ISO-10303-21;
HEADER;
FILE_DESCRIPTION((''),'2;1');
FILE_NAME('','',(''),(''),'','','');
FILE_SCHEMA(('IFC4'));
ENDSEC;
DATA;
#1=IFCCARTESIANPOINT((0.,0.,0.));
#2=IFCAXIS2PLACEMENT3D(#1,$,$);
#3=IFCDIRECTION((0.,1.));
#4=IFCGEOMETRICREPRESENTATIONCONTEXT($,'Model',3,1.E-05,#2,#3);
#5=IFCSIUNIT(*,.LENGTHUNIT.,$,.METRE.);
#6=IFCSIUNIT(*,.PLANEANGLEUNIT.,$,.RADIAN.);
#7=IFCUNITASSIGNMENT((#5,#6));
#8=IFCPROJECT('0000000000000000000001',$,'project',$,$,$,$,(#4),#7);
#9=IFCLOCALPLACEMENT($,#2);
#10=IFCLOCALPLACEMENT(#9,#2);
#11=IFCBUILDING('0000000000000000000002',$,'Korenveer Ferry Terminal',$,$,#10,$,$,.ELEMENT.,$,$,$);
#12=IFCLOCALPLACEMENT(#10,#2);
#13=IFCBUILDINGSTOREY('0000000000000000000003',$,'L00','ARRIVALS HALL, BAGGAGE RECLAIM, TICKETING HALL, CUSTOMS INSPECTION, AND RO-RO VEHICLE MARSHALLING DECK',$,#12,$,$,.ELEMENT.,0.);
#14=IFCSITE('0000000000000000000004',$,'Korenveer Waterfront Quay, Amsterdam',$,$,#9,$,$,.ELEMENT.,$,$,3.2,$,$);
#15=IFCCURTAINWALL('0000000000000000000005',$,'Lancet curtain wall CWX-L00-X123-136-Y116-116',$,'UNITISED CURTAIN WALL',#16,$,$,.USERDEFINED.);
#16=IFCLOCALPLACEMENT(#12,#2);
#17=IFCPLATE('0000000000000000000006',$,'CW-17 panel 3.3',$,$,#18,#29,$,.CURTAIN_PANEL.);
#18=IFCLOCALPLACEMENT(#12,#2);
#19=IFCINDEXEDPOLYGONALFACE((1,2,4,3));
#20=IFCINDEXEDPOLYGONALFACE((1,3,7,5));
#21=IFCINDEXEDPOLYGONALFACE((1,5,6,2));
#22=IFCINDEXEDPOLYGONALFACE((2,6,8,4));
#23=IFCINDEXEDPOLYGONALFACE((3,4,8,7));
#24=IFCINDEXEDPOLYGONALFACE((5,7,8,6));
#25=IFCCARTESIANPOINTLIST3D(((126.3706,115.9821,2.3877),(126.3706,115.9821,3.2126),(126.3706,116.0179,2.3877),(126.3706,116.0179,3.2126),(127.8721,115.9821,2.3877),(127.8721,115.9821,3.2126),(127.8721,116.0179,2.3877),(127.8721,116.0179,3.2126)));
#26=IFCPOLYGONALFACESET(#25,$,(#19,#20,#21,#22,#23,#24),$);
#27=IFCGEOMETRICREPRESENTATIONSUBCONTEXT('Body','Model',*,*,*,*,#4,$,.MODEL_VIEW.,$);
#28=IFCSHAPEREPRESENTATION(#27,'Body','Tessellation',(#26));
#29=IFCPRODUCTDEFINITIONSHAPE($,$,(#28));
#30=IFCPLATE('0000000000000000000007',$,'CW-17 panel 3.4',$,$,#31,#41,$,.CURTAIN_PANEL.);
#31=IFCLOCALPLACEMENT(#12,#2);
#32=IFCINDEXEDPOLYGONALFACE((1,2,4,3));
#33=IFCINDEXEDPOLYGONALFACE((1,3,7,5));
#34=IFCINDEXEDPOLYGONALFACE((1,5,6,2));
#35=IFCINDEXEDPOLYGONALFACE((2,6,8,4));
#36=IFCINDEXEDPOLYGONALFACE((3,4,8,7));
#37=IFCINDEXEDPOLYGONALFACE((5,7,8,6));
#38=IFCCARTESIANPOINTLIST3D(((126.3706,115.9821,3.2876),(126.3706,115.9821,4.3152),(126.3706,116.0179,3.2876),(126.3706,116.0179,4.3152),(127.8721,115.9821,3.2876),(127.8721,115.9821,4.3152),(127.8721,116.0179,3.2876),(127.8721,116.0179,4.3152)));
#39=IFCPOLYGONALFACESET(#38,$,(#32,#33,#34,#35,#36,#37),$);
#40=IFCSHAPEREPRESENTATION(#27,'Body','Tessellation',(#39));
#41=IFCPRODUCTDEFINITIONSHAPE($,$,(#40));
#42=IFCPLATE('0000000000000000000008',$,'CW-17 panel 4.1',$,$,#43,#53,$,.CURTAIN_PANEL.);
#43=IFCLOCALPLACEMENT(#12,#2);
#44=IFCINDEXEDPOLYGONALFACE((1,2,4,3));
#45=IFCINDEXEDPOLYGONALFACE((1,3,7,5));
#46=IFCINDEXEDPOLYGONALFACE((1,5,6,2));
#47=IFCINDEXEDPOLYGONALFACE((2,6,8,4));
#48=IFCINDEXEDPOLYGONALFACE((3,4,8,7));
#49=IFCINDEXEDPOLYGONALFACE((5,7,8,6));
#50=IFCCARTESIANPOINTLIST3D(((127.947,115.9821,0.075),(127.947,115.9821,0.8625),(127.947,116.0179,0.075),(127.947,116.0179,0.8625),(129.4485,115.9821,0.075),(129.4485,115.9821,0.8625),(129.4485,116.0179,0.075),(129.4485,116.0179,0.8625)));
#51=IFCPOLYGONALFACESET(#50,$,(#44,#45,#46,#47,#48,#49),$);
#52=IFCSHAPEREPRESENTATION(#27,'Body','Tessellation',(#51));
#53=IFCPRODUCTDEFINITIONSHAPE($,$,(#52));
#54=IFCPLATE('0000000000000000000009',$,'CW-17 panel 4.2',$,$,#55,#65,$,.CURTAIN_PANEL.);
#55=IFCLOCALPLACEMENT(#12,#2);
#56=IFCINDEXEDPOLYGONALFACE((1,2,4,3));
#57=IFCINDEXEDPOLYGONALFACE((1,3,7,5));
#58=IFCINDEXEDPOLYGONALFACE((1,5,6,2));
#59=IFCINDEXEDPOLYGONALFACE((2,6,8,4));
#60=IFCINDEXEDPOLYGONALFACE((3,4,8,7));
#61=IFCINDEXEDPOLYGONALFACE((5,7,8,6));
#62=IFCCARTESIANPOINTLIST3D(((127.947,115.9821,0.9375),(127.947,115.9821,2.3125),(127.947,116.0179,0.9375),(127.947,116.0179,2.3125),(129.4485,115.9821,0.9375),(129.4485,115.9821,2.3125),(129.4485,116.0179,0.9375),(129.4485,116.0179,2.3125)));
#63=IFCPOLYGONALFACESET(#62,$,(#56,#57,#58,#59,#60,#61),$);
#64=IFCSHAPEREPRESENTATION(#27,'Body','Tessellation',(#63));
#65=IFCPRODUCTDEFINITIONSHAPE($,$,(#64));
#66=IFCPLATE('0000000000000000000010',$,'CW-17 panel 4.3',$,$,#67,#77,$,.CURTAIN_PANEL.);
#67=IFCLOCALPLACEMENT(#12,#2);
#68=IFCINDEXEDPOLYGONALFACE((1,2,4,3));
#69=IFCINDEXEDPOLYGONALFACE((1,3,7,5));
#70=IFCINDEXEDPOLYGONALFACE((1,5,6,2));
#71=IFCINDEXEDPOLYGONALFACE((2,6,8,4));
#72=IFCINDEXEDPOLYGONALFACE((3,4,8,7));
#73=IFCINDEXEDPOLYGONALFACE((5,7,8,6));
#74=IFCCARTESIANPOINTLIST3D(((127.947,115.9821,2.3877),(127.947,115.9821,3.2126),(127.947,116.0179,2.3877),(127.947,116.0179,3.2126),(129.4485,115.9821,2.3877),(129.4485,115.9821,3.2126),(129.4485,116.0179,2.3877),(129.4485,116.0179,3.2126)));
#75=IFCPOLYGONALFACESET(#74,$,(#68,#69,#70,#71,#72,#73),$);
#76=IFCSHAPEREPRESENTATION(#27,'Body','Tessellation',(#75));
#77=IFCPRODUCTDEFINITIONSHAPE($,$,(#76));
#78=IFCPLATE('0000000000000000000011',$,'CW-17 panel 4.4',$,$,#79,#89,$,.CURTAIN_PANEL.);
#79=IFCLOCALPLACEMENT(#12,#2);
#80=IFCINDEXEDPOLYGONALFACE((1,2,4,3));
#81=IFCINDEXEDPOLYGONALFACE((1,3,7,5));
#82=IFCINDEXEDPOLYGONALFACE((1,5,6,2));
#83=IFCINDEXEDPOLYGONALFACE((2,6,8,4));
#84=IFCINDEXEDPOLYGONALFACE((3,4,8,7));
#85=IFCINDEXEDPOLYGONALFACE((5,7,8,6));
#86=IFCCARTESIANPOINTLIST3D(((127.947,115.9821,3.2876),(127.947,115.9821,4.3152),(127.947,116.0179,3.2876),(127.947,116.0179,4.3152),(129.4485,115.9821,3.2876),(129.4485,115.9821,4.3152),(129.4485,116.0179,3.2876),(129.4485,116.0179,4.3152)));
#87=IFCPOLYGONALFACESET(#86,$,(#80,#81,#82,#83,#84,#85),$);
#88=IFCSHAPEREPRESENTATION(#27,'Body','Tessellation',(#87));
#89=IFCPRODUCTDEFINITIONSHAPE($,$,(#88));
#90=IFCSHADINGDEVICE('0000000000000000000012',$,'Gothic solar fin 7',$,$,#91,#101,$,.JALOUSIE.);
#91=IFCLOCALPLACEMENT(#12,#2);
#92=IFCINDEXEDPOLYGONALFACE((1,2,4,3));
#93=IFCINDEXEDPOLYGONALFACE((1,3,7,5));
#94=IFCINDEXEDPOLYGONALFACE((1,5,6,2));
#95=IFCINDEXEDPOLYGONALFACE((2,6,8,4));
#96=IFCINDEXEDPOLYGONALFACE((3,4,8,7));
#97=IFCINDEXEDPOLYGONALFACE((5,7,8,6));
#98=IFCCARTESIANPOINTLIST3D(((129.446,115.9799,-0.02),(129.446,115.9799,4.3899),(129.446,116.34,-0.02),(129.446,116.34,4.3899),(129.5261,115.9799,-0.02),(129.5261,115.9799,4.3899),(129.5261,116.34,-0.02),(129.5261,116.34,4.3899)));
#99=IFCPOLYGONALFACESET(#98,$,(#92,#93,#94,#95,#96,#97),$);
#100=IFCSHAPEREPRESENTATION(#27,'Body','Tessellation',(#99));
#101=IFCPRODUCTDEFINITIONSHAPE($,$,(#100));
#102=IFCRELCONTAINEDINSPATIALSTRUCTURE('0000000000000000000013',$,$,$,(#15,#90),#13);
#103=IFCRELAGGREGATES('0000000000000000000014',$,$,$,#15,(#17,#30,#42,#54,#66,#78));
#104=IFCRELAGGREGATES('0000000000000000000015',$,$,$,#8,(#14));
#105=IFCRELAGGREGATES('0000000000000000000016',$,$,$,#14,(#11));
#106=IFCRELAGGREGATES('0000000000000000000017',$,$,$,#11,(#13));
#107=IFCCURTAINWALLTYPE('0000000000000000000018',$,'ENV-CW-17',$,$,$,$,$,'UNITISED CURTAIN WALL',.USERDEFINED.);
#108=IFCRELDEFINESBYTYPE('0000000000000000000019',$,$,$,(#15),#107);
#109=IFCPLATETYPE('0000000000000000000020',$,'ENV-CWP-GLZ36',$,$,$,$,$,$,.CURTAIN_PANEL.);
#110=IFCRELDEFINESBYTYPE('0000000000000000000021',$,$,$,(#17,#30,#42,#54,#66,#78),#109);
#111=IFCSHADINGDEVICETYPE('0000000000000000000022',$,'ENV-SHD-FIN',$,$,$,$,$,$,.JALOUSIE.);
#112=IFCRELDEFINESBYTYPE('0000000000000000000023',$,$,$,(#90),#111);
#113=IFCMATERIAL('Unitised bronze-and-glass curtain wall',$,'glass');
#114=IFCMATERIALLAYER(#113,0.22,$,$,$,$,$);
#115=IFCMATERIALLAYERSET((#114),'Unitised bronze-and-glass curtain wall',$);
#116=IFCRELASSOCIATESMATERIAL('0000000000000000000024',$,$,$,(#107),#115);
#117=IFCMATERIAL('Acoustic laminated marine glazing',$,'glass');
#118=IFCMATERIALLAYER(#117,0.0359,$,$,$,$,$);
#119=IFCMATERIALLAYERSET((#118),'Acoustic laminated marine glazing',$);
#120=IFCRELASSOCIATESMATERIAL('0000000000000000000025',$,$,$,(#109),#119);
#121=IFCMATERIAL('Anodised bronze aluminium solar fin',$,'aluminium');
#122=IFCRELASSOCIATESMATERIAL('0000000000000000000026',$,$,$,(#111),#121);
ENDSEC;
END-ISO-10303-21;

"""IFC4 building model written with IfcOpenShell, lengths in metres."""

from ifc_helpers import new_model, si_unit, direction, frame, origin, origin_2d, place, context, subcontext, project, spatial, rectangle, extrude, material, layer, layer_set, type_object, element, aggregate, save


model = new_model("IFC4")

# Units and contexts
model_context = context("Model", 3, precision=1e-05, world=origin(), true_north=direction((0.0, 1.0)))
body_context = subcontext(model_context, "Body", "Model", "MODEL_VIEW")
ifc_project = project(units=[si_unit("LENGTHUNIT", "METRE"), si_unit("PLANEANGLEUNIT", "RADIAN")], contexts=[model_context])

# Site, building, storey
site_placement = place(None, origin())
site = spatial("IfcSite", under=ifc_project, at=site_placement, Name="Korenveer Waterfront Quay, Amsterdam", CompositionType="ELEMENT", RefElevation=3.2)
building_placement = place(site_placement, origin())
building = spatial("IfcBuilding", under=site, at=building_placement, Name="Korenveer Ferry Terminal", CompositionType="ELEMENT")
storey_placement = place(building_placement, origin())
storey = spatial("IfcBuildingStorey", under=building, at=storey_placement, Name="L00", Description="ARRIVALS HALL, BAGGAGE RECLAIM, TICKETING HALL, CUSTOMS INSPECTION, AND RO-RO VEHICLE MARSHALLING DECK", CompositionType="ELEMENT", Elevation=0.0)

# Curtain wall, plates
ifc_material_1 = material(Name="Unitised bronze-and-glass curtain wall", Category="glass")
ifc_layer_1 = layer(ifc_material_1, 0.22)
ifc_layer_set_1 = layer_set([ifc_layer_1], Name="Unitised bronze-and-glass curtain wall")
curtain_wall_type = type_object("IfcCurtainWallType", Name="ENV-CW-17", ElementType="UNITISED CURTAIN WALL", PredefinedType="USERDEFINED", material=ifc_layer_set_1)
curtain_wall_placement = place(storey_placement, frame((123.1799, 116.0, 0.0)))
curtain_wall = element("IfcCurtainWall", 1, at=curtain_wall_placement, inside=storey, type_object=curtain_wall_type, Name="Lancet curtain wall CWX-L00-X123-136-Y116-116", ObjectType="UNITISED CURTAIN WALL", PredefinedType="USERDEFINED")
ifc_material_2 = material(Name="Acoustic laminated marine glazing", Category="glass")
ifc_layer_2 = layer(ifc_material_2, 0.0359)
ifc_layer_set_2 = layer_set([ifc_layer_2], Name="Acoustic laminated marine glazing")
plate_type = type_object("IfcPlateType", Name="ENV-CWP-GLZ36", PredefinedType="CURTAIN_PANEL", material=ifc_layer_set_2)
plate_1_placement = place(storey_placement, frame((127.1213, 116.0, 2.3877), z_axis=(0.0, 0.0, 1.0), x_axis=(1.0, 0.0, 0.0)))
plate_1 = element("IfcPlate", 2, at=plate_1_placement, type_object=plate_type, Name="CW-17 panel 3.3", PredefinedType="CURTAIN_PANEL", context=body_context, shape_type="SweptSolid", body=[
    extrude(rectangle(XDim=1.5015, YDim=0.0359, at=origin_2d()), origin(), (0.0, 0.0, 1.0), 0.825),
])
plate_2_placement = place(storey_placement, frame((127.1213, 116.0, 3.2876), z_axis=(0.0, 0.0, 1.0), x_axis=(1.0, 0.0, 0.0)))
plate_2 = element("IfcPlate", 3, at=plate_2_placement, type_object=plate_type, Name="CW-17 panel 3.4", PredefinedType="CURTAIN_PANEL", context=body_context, shape_type="SweptSolid", body=[
    extrude(rectangle(XDim=1.5015, YDim=0.0359, at=origin_2d()), origin(), (0.0, 0.0, 1.0), 1.0276),
])
plate_3_placement = place(storey_placement, frame((128.6978, 116.0, 0.075), z_axis=(0.0, 0.0, 1.0), x_axis=(1.0, 0.0, 0.0)))
plate_3 = element("IfcPlate", 4, at=plate_3_placement, type_object=plate_type, Name="CW-17 panel 4.1", PredefinedType="CURTAIN_PANEL", context=body_context, shape_type="SweptSolid", body=[
    extrude(rectangle(XDim=1.5015, YDim=0.0359, at=origin_2d()), origin(), (0.0, 0.0, 1.0), 0.7876),
])
plate_4_placement = place(storey_placement, frame((128.6978, 116.0, 0.9375), z_axis=(0.0, 0.0, 1.0), x_axis=(1.0, 0.0, 0.0)))
plate_4 = element("IfcPlate", 5, at=plate_4_placement, type_object=plate_type, Name="CW-17 panel 4.2", PredefinedType="CURTAIN_PANEL", context=body_context, shape_type="SweptSolid", body=[
    extrude(rectangle(XDim=1.5015, YDim=0.0359, at=origin_2d()), origin(), (0.0, 0.0, 1.0), 1.375),
])
plate_5_placement = place(storey_placement, frame((128.6978, 116.0, 2.3877), z_axis=(0.0, 0.0, 1.0), x_axis=(1.0, 0.0, 0.0)))
plate_5 = element("IfcPlate", 6, at=plate_5_placement, type_object=plate_type, Name="CW-17 panel 4.3", PredefinedType="CURTAIN_PANEL", context=body_context, shape_type="SweptSolid", body=[
    extrude(rectangle(XDim=1.5015, YDim=0.0359, at=origin_2d()), origin(), (0.0, 0.0, 1.0), 0.825),
])
plate_6_placement = place(storey_placement, frame((128.6978, 116.0, 3.2876), z_axis=(0.0, 0.0, 1.0), x_axis=(1.0, 0.0, 0.0)))
plate_6 = element("IfcPlate", 7, at=plate_6_placement, type_object=plate_type, Name="CW-17 panel 4.4", PredefinedType="CURTAIN_PANEL", context=body_context, shape_type="SweptSolid", body=[
    extrude(rectangle(XDim=1.5015, YDim=0.0359, at=origin_2d()), origin(), (0.0, 0.0, 1.0), 1.0276),
])
aggregate(curtain_wall, [plate_1, plate_2, plate_3, plate_4, plate_5, plate_6])

# Shading device
ifc_material_3 = material(Name="Anodised bronze aluminium solar fin", Category="aluminium")
shading_device_type = type_object("IfcShadingDeviceType", Name="ENV-SHD-FIN", PredefinedType="JALOUSIE", material=ifc_material_3)
shading_device_placement = place(storey_placement, frame((129.4861, 116.1599, -0.02), z_axis=(0.0, 0.0, 1.0), x_axis=(0.0, 1.0, 0.0)))
element("IfcShadingDevice", 8, at=shading_device_placement, inside=storey, type_object=shading_device_type, Name="Gothic solar fin 7", PredefinedType="JALOUSIE", context=body_context, shape_type="SweptSolid", body=[
    extrude(rectangle(XDim=0.3601, YDim=0.0801, at=origin_2d()), origin(), (0.0, 0.0, 1.0), 4.4099),
])

save(model, "model.ifc")
